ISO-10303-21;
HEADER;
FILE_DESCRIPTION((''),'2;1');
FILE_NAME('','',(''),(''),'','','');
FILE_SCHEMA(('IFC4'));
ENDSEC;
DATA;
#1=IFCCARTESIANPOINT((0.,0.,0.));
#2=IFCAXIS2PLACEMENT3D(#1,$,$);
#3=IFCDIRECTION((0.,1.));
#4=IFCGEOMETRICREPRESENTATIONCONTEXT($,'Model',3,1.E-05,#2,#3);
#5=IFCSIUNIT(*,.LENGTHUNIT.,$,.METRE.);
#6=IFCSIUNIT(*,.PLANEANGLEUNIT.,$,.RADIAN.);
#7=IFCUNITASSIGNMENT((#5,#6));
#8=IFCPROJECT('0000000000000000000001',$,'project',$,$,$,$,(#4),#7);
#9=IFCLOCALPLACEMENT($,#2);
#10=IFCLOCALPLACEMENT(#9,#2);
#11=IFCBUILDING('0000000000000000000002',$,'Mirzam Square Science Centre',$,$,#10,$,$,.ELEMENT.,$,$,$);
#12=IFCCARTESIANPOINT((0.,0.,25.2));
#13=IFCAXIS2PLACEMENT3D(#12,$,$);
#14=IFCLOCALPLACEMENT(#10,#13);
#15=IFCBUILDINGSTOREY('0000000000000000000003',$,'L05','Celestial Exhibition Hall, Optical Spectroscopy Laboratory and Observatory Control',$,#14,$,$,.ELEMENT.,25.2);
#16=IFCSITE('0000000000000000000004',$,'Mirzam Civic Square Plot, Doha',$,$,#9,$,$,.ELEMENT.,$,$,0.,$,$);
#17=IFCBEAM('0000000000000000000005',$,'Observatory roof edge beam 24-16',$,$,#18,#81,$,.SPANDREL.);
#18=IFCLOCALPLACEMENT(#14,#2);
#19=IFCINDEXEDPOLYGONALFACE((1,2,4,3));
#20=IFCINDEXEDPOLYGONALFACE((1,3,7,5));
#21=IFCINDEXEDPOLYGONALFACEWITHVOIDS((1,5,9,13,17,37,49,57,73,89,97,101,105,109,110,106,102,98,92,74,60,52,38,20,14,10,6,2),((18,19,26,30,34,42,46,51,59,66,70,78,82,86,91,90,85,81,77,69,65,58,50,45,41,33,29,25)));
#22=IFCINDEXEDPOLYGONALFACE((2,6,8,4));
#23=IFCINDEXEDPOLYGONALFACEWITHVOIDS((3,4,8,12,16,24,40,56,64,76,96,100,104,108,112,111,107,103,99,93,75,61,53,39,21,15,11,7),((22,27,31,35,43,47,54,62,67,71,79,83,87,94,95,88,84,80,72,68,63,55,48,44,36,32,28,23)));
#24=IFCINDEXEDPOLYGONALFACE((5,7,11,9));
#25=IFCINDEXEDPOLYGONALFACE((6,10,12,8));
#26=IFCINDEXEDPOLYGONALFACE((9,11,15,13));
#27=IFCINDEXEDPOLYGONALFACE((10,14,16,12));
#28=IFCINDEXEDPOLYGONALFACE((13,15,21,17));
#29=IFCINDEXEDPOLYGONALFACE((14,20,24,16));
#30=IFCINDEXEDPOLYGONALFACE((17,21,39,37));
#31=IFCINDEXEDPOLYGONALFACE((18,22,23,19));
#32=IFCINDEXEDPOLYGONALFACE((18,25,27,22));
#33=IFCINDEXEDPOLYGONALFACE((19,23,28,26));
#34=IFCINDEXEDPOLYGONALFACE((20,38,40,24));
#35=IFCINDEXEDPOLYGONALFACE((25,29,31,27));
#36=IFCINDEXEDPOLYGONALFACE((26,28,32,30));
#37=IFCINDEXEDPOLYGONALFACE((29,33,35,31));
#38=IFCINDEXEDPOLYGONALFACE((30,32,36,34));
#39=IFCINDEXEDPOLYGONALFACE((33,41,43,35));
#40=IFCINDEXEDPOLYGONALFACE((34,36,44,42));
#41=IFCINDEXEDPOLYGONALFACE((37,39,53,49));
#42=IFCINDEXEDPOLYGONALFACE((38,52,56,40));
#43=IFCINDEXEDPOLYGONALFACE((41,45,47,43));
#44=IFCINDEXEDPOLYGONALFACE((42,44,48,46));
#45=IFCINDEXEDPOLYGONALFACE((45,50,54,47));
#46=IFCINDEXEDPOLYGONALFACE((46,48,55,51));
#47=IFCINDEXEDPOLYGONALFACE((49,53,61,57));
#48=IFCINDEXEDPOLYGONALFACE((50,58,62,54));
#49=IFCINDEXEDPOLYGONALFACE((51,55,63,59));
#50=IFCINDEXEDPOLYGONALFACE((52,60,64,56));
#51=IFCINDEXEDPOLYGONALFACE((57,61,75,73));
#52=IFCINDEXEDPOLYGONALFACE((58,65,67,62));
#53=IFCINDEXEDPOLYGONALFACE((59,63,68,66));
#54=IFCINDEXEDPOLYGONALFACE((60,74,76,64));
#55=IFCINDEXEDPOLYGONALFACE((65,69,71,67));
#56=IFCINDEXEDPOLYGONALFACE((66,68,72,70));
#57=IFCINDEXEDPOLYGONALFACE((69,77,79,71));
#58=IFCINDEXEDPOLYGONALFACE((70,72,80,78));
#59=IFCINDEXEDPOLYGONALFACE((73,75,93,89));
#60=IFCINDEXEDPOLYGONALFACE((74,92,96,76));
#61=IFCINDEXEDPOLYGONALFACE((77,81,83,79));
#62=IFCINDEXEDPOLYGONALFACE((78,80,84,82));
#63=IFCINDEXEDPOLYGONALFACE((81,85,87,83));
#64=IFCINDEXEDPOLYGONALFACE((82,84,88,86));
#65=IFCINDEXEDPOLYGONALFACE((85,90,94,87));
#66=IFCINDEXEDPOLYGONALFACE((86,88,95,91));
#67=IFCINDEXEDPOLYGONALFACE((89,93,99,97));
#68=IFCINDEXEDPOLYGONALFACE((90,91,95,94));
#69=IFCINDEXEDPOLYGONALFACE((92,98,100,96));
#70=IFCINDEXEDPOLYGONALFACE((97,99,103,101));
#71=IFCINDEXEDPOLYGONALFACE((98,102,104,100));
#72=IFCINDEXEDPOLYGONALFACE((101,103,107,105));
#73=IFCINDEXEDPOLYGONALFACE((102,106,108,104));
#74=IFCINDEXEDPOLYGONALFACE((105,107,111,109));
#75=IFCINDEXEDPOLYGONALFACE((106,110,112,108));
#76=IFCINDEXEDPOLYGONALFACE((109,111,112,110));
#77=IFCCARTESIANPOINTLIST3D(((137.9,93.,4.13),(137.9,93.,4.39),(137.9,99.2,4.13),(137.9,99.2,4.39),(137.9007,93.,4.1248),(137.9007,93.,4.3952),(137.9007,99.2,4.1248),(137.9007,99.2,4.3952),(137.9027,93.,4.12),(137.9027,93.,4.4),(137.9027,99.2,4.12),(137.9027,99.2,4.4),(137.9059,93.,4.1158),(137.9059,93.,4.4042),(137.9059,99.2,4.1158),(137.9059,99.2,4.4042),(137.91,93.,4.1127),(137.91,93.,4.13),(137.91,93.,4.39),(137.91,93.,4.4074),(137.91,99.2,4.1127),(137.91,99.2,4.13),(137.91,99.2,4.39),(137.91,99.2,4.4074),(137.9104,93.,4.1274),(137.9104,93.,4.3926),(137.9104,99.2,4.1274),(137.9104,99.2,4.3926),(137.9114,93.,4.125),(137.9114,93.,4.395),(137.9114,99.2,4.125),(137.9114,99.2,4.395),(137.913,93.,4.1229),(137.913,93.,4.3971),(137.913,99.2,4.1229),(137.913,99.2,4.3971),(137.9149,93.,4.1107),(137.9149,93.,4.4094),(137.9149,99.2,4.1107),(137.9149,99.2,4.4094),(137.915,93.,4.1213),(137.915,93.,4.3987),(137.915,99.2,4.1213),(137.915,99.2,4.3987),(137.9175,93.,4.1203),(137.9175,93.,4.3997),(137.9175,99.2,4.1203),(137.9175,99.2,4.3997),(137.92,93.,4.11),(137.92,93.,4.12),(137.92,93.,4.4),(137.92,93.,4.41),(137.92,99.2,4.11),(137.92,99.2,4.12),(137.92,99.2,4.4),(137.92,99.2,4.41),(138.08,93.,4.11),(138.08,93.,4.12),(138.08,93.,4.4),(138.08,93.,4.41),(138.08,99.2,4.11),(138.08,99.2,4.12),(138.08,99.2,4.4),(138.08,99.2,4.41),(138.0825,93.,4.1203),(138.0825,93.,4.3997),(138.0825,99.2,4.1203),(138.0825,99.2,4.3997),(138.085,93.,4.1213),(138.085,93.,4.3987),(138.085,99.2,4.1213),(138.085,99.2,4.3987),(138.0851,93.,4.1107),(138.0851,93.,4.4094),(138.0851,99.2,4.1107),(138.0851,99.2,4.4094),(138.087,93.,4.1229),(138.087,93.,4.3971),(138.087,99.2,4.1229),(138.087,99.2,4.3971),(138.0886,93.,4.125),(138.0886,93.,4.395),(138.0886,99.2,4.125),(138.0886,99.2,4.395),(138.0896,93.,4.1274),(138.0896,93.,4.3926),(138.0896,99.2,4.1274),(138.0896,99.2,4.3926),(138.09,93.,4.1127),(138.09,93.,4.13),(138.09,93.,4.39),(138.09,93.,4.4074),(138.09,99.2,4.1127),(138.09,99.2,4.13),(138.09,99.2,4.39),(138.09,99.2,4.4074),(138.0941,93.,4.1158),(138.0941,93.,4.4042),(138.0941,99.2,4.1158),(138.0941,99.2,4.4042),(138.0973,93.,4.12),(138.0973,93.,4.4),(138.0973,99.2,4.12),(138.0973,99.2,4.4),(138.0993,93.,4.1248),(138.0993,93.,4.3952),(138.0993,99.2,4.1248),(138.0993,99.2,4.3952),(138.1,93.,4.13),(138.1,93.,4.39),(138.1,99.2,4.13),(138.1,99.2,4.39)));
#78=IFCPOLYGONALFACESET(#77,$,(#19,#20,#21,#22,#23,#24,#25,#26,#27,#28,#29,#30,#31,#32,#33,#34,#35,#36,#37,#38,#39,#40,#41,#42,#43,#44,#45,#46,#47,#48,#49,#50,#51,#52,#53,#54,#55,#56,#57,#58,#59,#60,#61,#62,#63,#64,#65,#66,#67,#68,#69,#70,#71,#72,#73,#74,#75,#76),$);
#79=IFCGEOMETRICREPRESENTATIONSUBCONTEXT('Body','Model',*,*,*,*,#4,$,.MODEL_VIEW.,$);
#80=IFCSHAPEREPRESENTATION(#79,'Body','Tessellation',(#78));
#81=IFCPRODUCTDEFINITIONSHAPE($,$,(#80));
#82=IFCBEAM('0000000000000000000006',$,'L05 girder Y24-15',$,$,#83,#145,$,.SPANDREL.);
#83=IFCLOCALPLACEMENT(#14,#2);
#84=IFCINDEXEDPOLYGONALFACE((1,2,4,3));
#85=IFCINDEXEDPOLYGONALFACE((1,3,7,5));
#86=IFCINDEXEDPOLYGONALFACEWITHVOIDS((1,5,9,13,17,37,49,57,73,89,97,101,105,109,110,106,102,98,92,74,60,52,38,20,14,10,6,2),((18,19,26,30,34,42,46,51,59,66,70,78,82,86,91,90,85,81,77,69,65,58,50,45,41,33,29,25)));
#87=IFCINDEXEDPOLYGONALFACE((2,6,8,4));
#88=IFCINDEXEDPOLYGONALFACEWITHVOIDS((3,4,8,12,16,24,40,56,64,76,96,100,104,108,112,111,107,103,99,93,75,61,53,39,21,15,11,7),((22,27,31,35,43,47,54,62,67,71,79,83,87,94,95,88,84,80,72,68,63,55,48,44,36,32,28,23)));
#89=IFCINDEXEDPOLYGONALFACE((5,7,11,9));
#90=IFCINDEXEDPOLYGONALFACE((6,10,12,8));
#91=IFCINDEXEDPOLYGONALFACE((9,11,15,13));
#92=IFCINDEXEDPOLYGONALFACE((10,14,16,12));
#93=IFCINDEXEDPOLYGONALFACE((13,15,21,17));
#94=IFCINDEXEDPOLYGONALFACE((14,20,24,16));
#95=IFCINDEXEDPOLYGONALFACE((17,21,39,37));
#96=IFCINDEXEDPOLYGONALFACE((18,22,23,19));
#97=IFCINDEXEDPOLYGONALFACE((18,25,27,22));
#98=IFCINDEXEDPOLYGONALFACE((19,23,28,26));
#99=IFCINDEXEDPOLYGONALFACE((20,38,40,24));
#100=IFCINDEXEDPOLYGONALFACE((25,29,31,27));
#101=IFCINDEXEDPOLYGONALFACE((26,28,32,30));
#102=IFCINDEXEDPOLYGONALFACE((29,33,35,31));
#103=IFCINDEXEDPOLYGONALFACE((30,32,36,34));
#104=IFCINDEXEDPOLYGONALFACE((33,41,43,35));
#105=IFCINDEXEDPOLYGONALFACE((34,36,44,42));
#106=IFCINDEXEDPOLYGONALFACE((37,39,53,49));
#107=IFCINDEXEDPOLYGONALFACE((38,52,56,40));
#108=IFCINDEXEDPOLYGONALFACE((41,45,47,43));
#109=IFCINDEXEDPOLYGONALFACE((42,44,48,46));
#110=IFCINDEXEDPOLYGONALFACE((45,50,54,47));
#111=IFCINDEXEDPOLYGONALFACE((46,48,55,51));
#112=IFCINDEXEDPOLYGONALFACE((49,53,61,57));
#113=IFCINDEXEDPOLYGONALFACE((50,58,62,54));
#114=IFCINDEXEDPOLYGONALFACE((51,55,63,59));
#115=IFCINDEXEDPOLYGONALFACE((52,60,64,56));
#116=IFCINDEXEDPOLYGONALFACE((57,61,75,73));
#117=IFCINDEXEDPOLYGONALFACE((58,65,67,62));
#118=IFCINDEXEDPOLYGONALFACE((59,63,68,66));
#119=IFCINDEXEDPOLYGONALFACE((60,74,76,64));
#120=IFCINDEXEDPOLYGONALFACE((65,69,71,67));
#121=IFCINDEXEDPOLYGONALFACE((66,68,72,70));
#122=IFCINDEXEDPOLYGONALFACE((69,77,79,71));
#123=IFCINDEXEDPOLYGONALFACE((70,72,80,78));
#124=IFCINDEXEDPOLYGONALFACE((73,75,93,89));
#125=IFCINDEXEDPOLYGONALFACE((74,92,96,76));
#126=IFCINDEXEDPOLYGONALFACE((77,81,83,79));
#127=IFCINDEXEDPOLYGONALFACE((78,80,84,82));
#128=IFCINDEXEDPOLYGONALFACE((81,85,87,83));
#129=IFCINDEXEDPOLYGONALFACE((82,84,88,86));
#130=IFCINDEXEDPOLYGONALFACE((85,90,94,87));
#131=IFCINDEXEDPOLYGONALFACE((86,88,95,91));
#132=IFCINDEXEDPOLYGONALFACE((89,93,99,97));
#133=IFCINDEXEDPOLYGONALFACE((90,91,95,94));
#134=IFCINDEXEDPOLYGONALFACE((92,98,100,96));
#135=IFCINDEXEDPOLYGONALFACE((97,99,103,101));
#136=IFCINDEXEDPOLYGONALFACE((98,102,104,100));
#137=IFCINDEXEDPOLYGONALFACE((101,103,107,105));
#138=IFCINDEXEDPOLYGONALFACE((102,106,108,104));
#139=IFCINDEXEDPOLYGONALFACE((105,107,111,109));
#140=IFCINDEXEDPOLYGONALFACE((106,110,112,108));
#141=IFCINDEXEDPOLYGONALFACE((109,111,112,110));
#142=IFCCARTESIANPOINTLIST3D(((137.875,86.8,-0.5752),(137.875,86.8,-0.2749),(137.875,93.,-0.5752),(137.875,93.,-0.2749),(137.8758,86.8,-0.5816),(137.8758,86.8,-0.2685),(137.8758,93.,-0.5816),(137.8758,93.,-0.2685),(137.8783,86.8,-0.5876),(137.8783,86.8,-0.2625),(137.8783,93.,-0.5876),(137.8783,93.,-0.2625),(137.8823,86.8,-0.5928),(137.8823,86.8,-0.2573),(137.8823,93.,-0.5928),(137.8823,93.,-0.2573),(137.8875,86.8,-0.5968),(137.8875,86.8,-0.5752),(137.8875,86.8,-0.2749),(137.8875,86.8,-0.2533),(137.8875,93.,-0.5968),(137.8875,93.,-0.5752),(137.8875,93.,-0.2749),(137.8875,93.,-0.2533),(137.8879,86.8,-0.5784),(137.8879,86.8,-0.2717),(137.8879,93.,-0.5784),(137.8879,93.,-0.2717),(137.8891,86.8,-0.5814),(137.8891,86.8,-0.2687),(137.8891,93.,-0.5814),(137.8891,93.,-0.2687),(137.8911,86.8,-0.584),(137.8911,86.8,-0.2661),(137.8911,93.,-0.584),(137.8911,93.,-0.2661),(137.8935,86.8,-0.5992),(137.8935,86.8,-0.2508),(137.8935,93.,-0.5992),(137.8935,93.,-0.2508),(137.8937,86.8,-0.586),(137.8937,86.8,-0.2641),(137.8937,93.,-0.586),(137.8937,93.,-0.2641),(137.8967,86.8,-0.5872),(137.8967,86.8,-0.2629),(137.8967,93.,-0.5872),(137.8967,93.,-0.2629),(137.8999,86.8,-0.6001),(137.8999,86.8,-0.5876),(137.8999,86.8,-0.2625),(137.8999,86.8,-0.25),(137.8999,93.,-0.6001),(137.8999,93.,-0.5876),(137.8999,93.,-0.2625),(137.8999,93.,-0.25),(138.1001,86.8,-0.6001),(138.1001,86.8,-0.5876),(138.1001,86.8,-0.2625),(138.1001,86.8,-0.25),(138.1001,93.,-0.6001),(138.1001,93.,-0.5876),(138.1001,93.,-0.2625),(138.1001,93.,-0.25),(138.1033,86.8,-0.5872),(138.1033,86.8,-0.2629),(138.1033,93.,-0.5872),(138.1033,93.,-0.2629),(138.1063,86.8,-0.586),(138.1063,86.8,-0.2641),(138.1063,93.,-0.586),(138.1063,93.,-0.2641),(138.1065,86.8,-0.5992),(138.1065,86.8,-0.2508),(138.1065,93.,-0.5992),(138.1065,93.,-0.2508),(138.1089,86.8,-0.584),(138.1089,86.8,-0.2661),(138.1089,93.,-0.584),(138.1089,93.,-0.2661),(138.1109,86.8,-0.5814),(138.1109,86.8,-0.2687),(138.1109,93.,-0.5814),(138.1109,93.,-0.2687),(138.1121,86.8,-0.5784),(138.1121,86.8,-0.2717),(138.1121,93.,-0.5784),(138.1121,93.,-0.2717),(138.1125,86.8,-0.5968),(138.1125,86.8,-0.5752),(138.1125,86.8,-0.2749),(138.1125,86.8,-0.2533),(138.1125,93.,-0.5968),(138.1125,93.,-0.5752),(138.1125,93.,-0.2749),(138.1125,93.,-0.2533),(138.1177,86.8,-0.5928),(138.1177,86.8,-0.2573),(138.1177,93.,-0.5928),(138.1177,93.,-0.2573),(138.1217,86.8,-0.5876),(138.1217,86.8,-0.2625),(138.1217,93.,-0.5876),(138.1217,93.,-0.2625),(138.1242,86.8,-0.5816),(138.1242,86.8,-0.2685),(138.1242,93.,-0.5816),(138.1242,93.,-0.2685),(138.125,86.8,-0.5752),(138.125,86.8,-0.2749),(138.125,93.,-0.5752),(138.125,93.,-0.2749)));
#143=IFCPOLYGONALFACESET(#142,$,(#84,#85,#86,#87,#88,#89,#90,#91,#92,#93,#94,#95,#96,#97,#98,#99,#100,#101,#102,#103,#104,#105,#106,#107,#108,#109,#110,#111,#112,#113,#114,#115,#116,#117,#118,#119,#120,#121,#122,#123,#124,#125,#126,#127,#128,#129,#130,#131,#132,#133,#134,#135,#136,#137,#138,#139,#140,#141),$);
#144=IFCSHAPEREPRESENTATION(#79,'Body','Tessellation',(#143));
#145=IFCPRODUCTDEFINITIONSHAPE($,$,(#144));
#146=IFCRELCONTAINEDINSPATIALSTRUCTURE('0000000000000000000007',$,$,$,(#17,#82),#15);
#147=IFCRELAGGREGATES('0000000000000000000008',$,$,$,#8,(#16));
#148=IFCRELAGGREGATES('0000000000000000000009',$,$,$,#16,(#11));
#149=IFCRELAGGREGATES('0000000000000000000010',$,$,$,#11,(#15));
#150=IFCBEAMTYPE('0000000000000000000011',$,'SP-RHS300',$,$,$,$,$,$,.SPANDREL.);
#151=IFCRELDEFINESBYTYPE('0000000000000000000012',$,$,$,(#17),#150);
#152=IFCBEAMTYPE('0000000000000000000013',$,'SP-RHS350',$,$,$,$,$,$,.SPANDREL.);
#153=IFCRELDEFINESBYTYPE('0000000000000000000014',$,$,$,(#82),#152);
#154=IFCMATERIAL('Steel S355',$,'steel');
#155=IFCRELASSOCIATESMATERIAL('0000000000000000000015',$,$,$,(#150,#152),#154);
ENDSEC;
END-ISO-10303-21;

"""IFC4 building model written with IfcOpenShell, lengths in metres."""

from ifc_helpers import new_model, si_unit, direction, frame, origin, origin_2d, place, context, subcontext, project, spatial, hollow_rectangle, extrude, material, material_profile, profile_set, type_object, element, save


model = new_model("IFC4")

# Units and contexts
model_context = context("Model", 3, precision=1e-05, world=origin(), true_north=direction((0.0, 1.0)))
body_context = subcontext(model_context, "Body", "Model", "MODEL_VIEW")
ifc_project = project(units=[si_unit("LENGTHUNIT", "METRE"), si_unit("PLANEANGLEUNIT", "RADIAN")], contexts=[model_context])

# Site, building, storey
site_placement = place(None, origin())
site = spatial("IfcSite", under=ifc_project, at=site_placement, Name="Mirzam Civic Square Plot, Doha", CompositionType="ELEMENT", RefElevation=0.0)
building_placement = place(site_placement, origin())
building = spatial("IfcBuilding", under=site, at=building_placement, Name="Mirzam Square Science Centre", CompositionType="ELEMENT")
storey_placement = place(building_placement, frame((0.0, 0.0, 25.2)))
storey = spatial("IfcBuildingStorey", under=building, at=storey_placement, Name="L05", Description="Celestial Exhibition Hall, Optical Spectroscopy Laboratory and Observatory Control", CompositionType="ELEMENT", Elevation=25.2)

# Shared definitions
ifc_material_1 = material(Name="Steel S355", Category="steel")

# Beams
ifc_material_profile_1 = material_profile(ifc_material_1, hollow_rectangle(XDim=0.2, YDim=0.3, WallThickness=0.01, InnerFilletRadius=0.01, OuterFilletRadius=0.02, at=origin_2d()), Name="300x200x10.0RHS")
ifc_profile_set_1 = profile_set([ifc_material_profile_1], Name="Steel S355")
beam_type_1 = type_object("IfcBeamType", Name="SP-RHS300", PredefinedType="SPANDREL", material=ifc_profile_set_1)
for number, where, z_axis, x_axis, name in (
    (1, (138.0, 93.0, 4.26), (0.0, 1.0, 0.0), (-1.0, 0.0, 0.0), "Observatory roof edge beam 24-16"),
):
    element("IfcBeam", number, at=place(storey_placement, frame(where, z_axis=z_axis, x_axis=x_axis)), inside=storey, type_object=beam_type_1, Name=name, PredefinedType="SPANDREL", context=body_context, shape_type="SweptSolid", body=[
        extrude(hollow_rectangle(XDim=0.2, YDim=0.3, WallThickness=0.01, InnerFilletRadius=0.01, OuterFilletRadius=0.02, at=origin_2d()), origin(), (0.0, 0.0, 1.0), 6.2),
    ])
ifc_material_profile_2 = material_profile(ifc_material_1, hollow_rectangle(XDim=0.25, YDim=0.3501, WallThickness=0.0125, InnerFilletRadius=0.0125, OuterFilletRadius=0.0249, at=origin_2d()), Name="350x250x12.5RHS")
ifc_profile_set_2 = profile_set([ifc_material_profile_2], Name="Steel S355")
beam_type_2 = type_object("IfcBeamType", Name="SP-RHS350", PredefinedType="SPANDREL", material=ifc_profile_set_2)
for number, where, z_axis, x_axis, name in (
    (2, (138.0, 86.8, -0.425), (0.0, 1.0, 0.0), (-1.0, 0.0, 0.0), "L05 girder Y24-15"),
):
    element("IfcBeam", number, at=place(storey_placement, frame(where, z_axis=z_axis, x_axis=x_axis)), inside=storey, type_object=beam_type_2, Name=name, PredefinedType="SPANDREL", context=body_context, shape_type="SweptSolid", body=[
        extrude(hollow_rectangle(XDim=0.25, YDim=0.3501, WallThickness=0.0125, InnerFilletRadius=0.0125, OuterFilletRadius=0.0249, at=origin_2d()), origin(), (0.0, 0.0, 1.0), 6.2),
    ])

save(model, "model.ifc")
